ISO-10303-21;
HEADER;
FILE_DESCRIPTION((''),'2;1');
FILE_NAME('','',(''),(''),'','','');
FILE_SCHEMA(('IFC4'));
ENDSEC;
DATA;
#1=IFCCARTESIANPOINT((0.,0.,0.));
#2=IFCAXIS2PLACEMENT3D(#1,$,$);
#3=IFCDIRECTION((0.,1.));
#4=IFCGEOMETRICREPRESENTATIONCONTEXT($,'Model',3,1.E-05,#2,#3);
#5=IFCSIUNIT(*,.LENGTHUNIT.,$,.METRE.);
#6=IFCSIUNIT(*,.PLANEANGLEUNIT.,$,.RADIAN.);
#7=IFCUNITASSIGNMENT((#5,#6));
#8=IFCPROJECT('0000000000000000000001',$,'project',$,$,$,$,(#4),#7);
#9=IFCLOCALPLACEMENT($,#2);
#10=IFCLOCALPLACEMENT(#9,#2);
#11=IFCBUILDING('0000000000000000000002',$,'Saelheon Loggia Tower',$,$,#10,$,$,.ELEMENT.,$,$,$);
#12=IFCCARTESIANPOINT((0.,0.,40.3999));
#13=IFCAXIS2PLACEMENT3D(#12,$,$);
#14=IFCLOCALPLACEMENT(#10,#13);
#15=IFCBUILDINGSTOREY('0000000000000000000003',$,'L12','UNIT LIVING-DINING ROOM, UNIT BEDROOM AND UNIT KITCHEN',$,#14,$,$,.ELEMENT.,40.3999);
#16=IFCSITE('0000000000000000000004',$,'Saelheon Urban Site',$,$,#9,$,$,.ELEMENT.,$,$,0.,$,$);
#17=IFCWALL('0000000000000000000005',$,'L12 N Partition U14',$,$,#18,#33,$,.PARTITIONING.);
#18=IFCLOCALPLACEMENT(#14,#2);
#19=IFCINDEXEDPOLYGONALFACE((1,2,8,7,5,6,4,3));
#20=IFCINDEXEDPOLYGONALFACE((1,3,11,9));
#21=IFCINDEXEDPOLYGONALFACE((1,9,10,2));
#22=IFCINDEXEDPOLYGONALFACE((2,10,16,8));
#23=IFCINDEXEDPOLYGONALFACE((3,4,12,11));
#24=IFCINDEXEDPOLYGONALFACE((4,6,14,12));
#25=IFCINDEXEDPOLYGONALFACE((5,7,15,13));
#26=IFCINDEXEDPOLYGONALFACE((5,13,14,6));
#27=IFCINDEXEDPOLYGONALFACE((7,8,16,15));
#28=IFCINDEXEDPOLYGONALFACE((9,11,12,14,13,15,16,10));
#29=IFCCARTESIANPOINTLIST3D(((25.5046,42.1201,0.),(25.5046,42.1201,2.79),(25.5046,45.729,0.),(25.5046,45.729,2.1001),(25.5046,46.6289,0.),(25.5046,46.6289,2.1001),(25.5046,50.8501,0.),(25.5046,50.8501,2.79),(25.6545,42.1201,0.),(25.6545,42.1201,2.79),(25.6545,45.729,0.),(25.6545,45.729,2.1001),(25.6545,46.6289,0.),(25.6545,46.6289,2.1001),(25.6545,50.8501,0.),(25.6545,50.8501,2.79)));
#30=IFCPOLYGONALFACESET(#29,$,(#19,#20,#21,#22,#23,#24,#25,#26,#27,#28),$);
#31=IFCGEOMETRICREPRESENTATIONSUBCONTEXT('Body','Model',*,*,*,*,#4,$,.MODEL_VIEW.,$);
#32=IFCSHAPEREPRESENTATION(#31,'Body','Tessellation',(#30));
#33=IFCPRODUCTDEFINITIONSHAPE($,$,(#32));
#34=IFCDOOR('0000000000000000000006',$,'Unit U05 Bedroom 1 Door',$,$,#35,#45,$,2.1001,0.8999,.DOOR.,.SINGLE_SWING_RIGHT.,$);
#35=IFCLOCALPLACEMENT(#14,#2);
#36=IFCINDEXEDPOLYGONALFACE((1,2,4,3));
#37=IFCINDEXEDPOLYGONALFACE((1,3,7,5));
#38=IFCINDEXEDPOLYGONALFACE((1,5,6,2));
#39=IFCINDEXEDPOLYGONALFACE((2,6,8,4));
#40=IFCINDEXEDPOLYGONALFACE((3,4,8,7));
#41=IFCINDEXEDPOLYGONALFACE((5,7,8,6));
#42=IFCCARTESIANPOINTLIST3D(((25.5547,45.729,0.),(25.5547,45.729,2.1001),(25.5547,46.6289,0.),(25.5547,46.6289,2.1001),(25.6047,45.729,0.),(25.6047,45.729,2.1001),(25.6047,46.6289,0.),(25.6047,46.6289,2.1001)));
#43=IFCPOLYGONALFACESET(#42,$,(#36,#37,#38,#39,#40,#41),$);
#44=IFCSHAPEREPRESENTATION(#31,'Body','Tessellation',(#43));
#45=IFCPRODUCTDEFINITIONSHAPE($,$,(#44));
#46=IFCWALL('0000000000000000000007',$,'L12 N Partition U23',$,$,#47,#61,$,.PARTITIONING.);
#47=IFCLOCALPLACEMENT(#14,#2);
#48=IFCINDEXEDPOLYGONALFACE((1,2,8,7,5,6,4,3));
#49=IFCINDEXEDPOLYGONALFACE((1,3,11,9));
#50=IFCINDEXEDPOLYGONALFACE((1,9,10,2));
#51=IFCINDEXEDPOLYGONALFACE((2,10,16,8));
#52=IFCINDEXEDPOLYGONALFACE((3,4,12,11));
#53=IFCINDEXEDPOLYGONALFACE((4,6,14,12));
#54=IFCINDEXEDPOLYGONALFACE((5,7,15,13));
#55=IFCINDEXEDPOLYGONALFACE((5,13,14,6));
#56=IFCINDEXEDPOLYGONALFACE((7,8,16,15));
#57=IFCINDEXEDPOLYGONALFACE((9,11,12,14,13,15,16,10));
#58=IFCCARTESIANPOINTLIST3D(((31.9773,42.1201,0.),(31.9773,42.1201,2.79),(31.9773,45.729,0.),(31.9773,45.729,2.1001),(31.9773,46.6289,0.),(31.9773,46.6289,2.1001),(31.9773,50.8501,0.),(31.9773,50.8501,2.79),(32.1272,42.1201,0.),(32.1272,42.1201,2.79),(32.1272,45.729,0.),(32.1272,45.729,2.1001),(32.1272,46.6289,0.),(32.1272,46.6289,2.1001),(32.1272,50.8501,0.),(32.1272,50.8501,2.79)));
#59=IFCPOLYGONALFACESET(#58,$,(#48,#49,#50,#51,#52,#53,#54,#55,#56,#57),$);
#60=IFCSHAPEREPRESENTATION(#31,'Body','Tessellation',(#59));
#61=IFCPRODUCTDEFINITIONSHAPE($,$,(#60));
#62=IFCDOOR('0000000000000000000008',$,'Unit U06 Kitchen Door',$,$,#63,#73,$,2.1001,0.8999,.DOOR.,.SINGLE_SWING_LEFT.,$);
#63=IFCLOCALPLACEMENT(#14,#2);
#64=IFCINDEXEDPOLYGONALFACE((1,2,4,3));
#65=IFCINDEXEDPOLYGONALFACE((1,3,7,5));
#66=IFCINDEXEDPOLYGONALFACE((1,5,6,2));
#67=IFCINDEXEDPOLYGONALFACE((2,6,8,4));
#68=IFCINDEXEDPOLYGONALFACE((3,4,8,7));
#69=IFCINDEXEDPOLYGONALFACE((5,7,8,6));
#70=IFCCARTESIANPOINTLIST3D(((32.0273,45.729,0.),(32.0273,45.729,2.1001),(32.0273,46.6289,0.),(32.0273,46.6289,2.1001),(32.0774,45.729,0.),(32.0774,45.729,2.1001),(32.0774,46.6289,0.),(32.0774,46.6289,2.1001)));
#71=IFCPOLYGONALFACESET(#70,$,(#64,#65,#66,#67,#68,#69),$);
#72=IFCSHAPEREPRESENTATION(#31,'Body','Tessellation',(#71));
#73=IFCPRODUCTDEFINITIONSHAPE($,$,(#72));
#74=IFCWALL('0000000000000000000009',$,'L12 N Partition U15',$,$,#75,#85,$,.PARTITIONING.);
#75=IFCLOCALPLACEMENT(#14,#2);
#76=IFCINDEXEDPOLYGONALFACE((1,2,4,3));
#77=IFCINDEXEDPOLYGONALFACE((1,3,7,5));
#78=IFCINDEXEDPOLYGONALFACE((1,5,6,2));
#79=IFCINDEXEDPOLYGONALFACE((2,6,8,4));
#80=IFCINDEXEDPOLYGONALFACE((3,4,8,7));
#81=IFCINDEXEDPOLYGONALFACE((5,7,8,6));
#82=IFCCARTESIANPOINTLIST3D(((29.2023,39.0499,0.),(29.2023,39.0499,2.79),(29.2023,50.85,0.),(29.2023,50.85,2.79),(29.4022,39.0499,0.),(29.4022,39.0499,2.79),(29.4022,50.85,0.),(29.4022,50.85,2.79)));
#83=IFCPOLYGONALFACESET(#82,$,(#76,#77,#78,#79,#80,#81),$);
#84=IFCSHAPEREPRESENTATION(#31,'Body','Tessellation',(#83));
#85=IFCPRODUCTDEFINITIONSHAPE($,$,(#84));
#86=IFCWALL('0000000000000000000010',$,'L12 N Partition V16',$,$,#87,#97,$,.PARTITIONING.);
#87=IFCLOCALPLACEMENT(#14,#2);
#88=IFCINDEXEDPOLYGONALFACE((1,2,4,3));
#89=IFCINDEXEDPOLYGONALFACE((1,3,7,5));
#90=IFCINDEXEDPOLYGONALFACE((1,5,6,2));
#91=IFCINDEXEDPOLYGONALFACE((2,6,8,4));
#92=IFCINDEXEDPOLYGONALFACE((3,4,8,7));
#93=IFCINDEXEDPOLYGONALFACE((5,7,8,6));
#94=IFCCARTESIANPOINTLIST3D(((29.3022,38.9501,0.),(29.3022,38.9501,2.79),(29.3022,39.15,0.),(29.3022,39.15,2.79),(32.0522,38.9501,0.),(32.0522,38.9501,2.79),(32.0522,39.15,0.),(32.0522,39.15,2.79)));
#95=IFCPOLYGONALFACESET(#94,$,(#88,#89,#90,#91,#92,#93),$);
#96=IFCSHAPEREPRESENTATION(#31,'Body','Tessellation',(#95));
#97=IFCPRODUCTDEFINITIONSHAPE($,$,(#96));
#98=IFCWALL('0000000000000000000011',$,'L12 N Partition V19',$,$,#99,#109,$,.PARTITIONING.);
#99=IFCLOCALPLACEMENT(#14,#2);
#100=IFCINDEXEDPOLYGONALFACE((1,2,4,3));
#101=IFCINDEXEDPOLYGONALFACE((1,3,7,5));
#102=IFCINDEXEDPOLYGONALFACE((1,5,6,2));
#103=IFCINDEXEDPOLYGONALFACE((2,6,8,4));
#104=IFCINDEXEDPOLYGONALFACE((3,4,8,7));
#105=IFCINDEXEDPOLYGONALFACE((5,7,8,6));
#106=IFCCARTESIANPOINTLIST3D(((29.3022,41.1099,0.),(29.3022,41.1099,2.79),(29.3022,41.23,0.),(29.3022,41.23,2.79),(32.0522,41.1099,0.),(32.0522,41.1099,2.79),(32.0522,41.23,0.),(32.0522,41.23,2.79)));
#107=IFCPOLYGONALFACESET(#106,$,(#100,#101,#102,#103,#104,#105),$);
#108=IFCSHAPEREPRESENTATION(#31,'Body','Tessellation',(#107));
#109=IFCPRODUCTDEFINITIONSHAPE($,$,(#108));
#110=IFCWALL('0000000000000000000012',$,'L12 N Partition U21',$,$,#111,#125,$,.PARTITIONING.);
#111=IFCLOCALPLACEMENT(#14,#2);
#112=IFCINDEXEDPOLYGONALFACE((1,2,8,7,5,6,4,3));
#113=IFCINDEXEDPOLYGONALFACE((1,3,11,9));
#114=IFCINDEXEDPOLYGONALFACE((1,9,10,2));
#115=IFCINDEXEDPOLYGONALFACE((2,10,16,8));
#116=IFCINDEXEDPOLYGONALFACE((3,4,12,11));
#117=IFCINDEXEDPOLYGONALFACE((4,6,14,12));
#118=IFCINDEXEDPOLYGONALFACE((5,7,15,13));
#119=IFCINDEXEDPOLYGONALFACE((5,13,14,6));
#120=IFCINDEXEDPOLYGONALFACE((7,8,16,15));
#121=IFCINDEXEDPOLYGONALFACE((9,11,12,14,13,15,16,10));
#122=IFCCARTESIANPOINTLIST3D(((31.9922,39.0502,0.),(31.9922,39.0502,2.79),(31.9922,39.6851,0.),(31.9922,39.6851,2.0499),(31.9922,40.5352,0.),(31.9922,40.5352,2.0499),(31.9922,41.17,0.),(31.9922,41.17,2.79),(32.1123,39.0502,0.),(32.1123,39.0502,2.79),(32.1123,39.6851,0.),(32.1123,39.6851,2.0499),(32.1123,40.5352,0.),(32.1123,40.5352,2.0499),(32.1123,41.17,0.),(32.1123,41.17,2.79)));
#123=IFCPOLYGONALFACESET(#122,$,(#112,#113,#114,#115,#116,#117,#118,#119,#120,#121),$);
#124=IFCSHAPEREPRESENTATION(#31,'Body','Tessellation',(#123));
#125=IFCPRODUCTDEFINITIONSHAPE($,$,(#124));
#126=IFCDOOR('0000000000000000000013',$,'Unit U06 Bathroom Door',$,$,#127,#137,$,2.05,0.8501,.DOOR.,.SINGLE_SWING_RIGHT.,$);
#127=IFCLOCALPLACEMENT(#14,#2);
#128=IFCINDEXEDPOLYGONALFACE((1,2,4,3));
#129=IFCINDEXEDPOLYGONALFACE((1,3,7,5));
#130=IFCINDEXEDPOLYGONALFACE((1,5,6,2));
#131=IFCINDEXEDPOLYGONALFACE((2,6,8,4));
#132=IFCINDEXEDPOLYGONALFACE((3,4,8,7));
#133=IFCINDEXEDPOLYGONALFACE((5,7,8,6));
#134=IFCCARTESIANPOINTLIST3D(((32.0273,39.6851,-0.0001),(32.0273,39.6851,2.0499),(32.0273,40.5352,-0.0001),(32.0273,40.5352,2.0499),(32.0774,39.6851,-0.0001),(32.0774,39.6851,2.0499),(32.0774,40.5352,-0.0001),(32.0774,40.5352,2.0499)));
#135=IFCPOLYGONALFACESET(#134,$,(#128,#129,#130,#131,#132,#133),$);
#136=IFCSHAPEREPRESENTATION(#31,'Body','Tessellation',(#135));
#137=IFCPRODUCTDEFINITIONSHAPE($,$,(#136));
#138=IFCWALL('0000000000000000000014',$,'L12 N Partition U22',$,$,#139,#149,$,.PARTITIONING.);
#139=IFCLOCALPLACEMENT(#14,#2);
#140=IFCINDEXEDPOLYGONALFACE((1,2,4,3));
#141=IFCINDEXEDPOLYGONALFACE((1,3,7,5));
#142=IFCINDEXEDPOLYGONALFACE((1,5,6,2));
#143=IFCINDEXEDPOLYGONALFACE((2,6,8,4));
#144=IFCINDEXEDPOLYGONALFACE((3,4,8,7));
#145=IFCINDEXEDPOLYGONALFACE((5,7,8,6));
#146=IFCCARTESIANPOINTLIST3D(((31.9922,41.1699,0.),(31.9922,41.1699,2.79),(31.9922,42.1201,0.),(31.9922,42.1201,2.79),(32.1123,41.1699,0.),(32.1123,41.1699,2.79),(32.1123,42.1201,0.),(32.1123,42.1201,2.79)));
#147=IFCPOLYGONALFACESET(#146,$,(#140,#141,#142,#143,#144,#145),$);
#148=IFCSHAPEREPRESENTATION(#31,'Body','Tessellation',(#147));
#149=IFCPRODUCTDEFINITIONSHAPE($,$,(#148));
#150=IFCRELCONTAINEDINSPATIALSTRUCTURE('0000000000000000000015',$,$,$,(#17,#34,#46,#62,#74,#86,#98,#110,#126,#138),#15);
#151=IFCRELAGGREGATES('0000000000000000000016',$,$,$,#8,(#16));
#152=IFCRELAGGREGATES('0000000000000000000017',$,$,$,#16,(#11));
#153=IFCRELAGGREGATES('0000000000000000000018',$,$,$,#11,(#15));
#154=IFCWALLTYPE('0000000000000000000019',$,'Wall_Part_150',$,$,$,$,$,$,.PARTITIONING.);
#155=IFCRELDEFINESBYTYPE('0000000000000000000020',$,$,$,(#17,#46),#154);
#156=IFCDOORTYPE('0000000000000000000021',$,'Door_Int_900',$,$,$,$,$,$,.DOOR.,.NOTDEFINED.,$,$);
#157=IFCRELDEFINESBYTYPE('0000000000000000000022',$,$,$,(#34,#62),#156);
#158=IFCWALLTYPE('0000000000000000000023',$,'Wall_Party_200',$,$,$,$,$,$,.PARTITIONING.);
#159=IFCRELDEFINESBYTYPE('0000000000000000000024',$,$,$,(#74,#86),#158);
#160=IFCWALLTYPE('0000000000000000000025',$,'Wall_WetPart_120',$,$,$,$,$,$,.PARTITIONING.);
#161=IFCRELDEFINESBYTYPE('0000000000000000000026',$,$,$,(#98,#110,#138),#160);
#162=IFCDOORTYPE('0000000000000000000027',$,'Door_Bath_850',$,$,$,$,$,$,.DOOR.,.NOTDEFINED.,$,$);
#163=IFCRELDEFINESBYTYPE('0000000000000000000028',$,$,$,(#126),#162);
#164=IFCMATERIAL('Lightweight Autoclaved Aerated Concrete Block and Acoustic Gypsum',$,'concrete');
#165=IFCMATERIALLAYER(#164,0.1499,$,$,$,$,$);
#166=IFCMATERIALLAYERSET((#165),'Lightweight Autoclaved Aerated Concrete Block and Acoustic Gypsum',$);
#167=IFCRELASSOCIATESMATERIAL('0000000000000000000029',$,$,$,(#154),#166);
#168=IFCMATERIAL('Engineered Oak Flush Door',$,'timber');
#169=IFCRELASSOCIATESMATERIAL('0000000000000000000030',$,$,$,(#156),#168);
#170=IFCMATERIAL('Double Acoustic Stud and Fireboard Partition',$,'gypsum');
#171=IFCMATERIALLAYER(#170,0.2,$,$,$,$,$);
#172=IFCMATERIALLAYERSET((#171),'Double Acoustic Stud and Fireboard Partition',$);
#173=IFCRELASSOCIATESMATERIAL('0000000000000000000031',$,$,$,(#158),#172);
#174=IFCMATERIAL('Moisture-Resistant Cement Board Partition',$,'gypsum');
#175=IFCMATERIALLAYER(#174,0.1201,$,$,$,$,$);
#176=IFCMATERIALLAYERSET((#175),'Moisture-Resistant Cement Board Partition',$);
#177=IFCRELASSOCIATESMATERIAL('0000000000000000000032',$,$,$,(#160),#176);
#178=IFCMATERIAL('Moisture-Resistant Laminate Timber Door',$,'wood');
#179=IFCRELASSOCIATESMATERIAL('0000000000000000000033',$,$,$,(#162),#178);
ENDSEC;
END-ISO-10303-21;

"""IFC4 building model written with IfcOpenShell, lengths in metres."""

from ifc_helpers import new_model, si_unit, direction, frame, frame_2d, origin, place, context, subcontext, project, spatial, rectangle, extrude, source, transform, mapped, material, layer, layer_set, type_object, element, fill, save


model = new_model("IFC4")

# Units and contexts
model_context = context("Model", 3, precision=1e-05, world=origin(), true_north=direction((0.0, 1.0)))
body_context = subcontext(model_context, "Body", "Model", "MODEL_VIEW")
ifc_project = project(units=[si_unit("LENGTHUNIT", "METRE"), si_unit("PLANEANGLEUNIT", "RADIAN")], contexts=[model_context])

# Site, building, storey
site_placement = place(None, origin())
site = spatial("IfcSite", under=ifc_project, at=site_placement, Name="Saelheon Urban Site", CompositionType="ELEMENT", RefElevation=0.0)
building_placement = place(site_placement, origin())
building = spatial("IfcBuilding", under=site, at=building_placement, Name="Saelheon Loggia Tower", CompositionType="ELEMENT")
storey_placement = place(building_placement, frame((0.0, 0.0, 40.3999)))
storey = spatial("IfcBuildingStorey", under=building, at=storey_placement, Name="L12", Description="UNIT LIVING-DINING ROOM, UNIT BEDROOM AND UNIT KITCHEN", CompositionType="ELEMENT", Elevation=40.3999)

# Shared definitions
ifc_material_1 = material(Name="Lightweight Autoclaved Aerated Concrete Block and Acoustic Gypsum", Category="concrete")
ifc_layer_1 = layer(ifc_material_1, 0.1499)
ifc_layer_set_1 = layer_set([ifc_layer_1], Name="Lightweight Autoclaved Aerated Concrete Block and Acoustic Gypsum")
wall_type_1 = type_object("IfcWallType", Name="Wall_Part_150", PredefinedType="PARTITIONING", material=ifc_layer_set_1)

# Walls, openings, doors
ifc_material_2 = material(Name="Engineered Oak Flush Door", Category="timber")
door_type_1 = type_object("IfcDoorType", Name="Door_Int_900", OperationType="NOTDEFINED", PredefinedType="DOOR", material=ifc_material_2)
shared_shape_1 = source(origin(), body_context, "Body", "SweptSolid", [
    extrude(rectangle(XDim=0.8999, YDim=2.1001, at=frame_2d((0.45, 1.05))), frame((0.0, 0.0249, 0.0), z_axis=(0.0, -1.0, 0.0), x_axis=(1.0, 0.0, 0.0)), (0.0, 0.0, 1.0), 0.05),
])
wall_1_placement = place(storey_placement, frame((25.5796, 42.1201, 0.0), z_axis=(0.0, 0.0, 1.0), x_axis=(0.0, 1.0, 0.0)))
wall_1 = element("IfcWall", 1, at=wall_1_placement, inside=storey, type_object=wall_type_1, Name="L12 N Partition U14", PredefinedType="PARTITIONING", context=body_context, shape_type="SweptSolid", body=[
    extrude(rectangle(XDim=8.73, YDim=0.1499, at=frame_2d((4.365, 0.0))), origin(), (0.0, 0.0, 1.0), 2.79),
])
opening_1_placement = place(wall_1_placement, frame((3.6089, 0.0, 0.0)))
opening_1 = element("IfcOpeningElement", 2, at=opening_1_placement, cuts=wall_1, PredefinedType="OPENING", context=body_context, shape_type="SweptSolid", body=[
    extrude(rectangle(XDim=0.8999, YDim=2.1001, at=frame_2d((0.45, 1.05))), frame((0.0, 0.0869, 0.0), z_axis=(0.0, -1.0, 0.0), x_axis=(1.0, 0.0, 0.0)), (0.0, 0.0, 1.0), 0.1738),
])
door_1_placement = place(opening_1_placement, origin())
door_1 = element("IfcDoor", 3, at=door_1_placement, inside=storey, type_object=door_type_1, Name="Unit U05 Bedroom 1 Door", OperationType="SINGLE_SWING_RIGHT", OverallHeight=2.1001, OverallWidth=0.8999, PredefinedType="DOOR", context=body_context, shape_type="MappedRepresentation", body=[
    mapped(shared_shape_1, transform((0.0, 0.0, 0.0), scale=1.0)),
])
fill(opening_1, door_1)
wall_2_placement = place(storey_placement, frame((32.0522, 42.1201, 0.0), z_axis=(0.0, 0.0, 1.0), x_axis=(0.0, 1.0, 0.0)))
wall_2 = element("IfcWall", 4, at=wall_2_placement, inside=storey, type_object=wall_type_1, Name="L12 N Partition U23", PredefinedType="PARTITIONING", context=body_context, shape_type="SweptSolid", body=[
    extrude(rectangle(XDim=8.73, YDim=0.1499, at=frame_2d((4.365, 0.0))), origin(), (0.0, 0.0, 1.0), 2.79),
])
opening_2_placement = place(wall_2_placement, frame((3.6089, 0.0, 0.0)))
opening_2 = element("IfcOpeningElement", 5, at=opening_2_placement, cuts=wall_2, PredefinedType="OPENING", context=body_context, shape_type="SweptSolid", body=[
    extrude(rectangle(XDim=0.8999, YDim=2.1001, at=frame_2d((0.45, 1.05))), frame((0.0, 0.0869, 0.0), z_axis=(0.0, -1.0, 0.0), x_axis=(1.0, 0.0, 0.0)), (0.0, 0.0, 1.0), 0.1738),
])
door_2_placement = place(opening_2_placement, origin())
door_2 = element("IfcDoor", 6, at=door_2_placement, inside=storey, type_object=door_type_1, Name="Unit U06 Kitchen Door", OperationType="SINGLE_SWING_LEFT", OverallHeight=2.1001, OverallWidth=0.8999, PredefinedType="DOOR", context=body_context, shape_type="MappedRepresentation", body=[
    mapped(shared_shape_1, transform((0.0, 0.0, 0.0), scale=1.0)),
])
fill(opening_2, door_2)

# Walls
ifc_material_3 = material(Name="Double Acoustic Stud and Fireboard Partition", Category="gypsum")
ifc_layer_2 = layer(ifc_material_3, 0.2)
ifc_layer_set_2 = layer_set([ifc_layer_2], Name="Double Acoustic Stud and Fireboard Partition")
wall_type_2 = type_object("IfcWallType", Name="Wall_Party_200", PredefinedType="PARTITIONING", material=ifc_layer_set_2)
wall_3_placement = place(storey_placement, frame((29.3022, 39.05, 0.0), z_axis=(0.0, 0.0, 1.0), x_axis=(0.0, 1.0, 0.0)))
element("IfcWall", 7, at=wall_3_placement, inside=storey, type_object=wall_type_2, Name="L12 N Partition U15", PredefinedType="PARTITIONING", context=body_context, shape_type="SweptSolid", body=[
    extrude(rectangle(XDim=11.8, YDim=0.2, at=frame_2d((5.8999, 0.0))), origin(), (0.0, 0.0, 1.0), 2.79),
])
wall_4_placement = place(storey_placement, frame((29.3022, 39.05, 0.0), z_axis=(0.0, 0.0, 1.0), x_axis=(1.0, 0.0, 0.0)))
element("IfcWall", 8, at=wall_4_placement, inside=storey, type_object=wall_type_2, Name="L12 N Partition V16", PredefinedType="PARTITIONING", context=body_context, shape_type="SweptSolid", body=[
    extrude(rectangle(XDim=2.75, YDim=0.2, at=frame_2d((1.375, 0.0))), origin(), (0.0, 0.0, 1.0), 2.79),
])

# Wall
ifc_material_4 = material(Name="Moisture-Resistant Cement Board Partition", Category="gypsum")
ifc_layer_3 = layer(ifc_material_4, 0.1201)
ifc_layer_set_3 = layer_set([ifc_layer_3], Name="Moisture-Resistant Cement Board Partition")
wall_type_3 = type_object("IfcWallType", Name="Wall_WetPart_120", PredefinedType="PARTITIONING", material=ifc_layer_set_3)
wall_5_placement = place(storey_placement, frame((29.3022, 41.1699, 0.0), z_axis=(0.0, 0.0, 1.0), x_axis=(1.0, 0.0, 0.0)))
element("IfcWall", 9, at=wall_5_placement, inside=storey, type_object=wall_type_3, Name="L12 N Partition V19", PredefinedType="PARTITIONING", context=body_context, shape_type="SweptSolid", body=[
    extrude(rectangle(XDim=2.75, YDim=0.1201, at=frame_2d((1.375, 0.0))), origin(), (0.0, 0.0, 1.0), 2.79),
])

# Wall, opening, door
wall_6_placement = place(storey_placement, frame((32.0522, 39.05, 0.0), z_axis=(0.0, 0.0, 1.0), x_axis=(0.0, 1.0, 0.0)))
wall_6 = element("IfcWall", 10, at=wall_6_placement, inside=storey, type_object=wall_type_3, Name="L12 N Partition U21", PredefinedType="PARTITIONING", context=body_context, shape_type="SweptSolid", body=[
    extrude(rectangle(XDim=2.1199, YDim=0.1201, at=frame_2d((1.0601, 0.0))), origin(), (0.0, 0.0, 1.0), 2.79),
])
opening_3_placement = place(wall_6_placement, frame((0.635, 0.0, 0.0)))
opening_3 = element("IfcOpeningElement", 11, at=opening_3_placement, cuts=wall_6, PredefinedType="OPENING", context=body_context, shape_type="SweptSolid", body=[
    extrude(rectangle(XDim=0.8501, YDim=2.05, at=frame_2d((0.425, 1.0249))), frame((0.0, 0.072, 0.0), z_axis=(0.0, -1.0, 0.0), x_axis=(1.0, 0.0, 0.0)), (0.0, 0.0, 1.0), 0.144),
])
ifc_material_5 = material(Name="Moisture-Resistant Laminate Timber Door", Category="wood")
door_type_2 = type_object("IfcDoorType", Name="Door_Bath_850", OperationType="NOTDEFINED", PredefinedType="DOOR", material=ifc_material_5)
shared_shape_2 = source(origin(), body_context, "Body", "SweptSolid", [
    extrude(rectangle(XDim=0.8501, YDim=2.05, at=frame_2d((0.425, 1.0249))), frame((0.0, 0.0249, 0.0), z_axis=(0.0, -1.0, 0.0), x_axis=(1.0, 0.0, 0.0)), (0.0, 0.0, 1.0), 0.05),
])
door_3_placement = place(opening_3_placement, origin())
door_3 = element("IfcDoor", 12, at=door_3_placement, inside=storey, type_object=door_type_2, Name="Unit U06 Bathroom Door", OperationType="SINGLE_SWING_RIGHT", OverallHeight=2.05, OverallWidth=0.8501, PredefinedType="DOOR", context=body_context, shape_type="MappedRepresentation", body=[
    mapped(shared_shape_2, transform((0.0, 0.0, 0.0), scale=1.0)),
])
fill(opening_3, door_3)

# Wall
wall_7_placement = place(storey_placement, frame((32.0522, 41.1699, 0.0), z_axis=(0.0, 0.0, 1.0), x_axis=(0.0, 1.0, 0.0)))
element("IfcWall", 13, at=wall_7_placement, inside=storey, type_object=wall_type_3, Name="L12 N Partition U22", PredefinedType="PARTITIONING", context=body_context, shape_type="SweptSolid", body=[
    extrude(rectangle(XDim=0.9502, YDim=0.1201, at=frame_2d((0.4751, 0.0))), origin(), (0.0, 0.0, 1.0), 2.79),
])

save(model, "model.ifc")
